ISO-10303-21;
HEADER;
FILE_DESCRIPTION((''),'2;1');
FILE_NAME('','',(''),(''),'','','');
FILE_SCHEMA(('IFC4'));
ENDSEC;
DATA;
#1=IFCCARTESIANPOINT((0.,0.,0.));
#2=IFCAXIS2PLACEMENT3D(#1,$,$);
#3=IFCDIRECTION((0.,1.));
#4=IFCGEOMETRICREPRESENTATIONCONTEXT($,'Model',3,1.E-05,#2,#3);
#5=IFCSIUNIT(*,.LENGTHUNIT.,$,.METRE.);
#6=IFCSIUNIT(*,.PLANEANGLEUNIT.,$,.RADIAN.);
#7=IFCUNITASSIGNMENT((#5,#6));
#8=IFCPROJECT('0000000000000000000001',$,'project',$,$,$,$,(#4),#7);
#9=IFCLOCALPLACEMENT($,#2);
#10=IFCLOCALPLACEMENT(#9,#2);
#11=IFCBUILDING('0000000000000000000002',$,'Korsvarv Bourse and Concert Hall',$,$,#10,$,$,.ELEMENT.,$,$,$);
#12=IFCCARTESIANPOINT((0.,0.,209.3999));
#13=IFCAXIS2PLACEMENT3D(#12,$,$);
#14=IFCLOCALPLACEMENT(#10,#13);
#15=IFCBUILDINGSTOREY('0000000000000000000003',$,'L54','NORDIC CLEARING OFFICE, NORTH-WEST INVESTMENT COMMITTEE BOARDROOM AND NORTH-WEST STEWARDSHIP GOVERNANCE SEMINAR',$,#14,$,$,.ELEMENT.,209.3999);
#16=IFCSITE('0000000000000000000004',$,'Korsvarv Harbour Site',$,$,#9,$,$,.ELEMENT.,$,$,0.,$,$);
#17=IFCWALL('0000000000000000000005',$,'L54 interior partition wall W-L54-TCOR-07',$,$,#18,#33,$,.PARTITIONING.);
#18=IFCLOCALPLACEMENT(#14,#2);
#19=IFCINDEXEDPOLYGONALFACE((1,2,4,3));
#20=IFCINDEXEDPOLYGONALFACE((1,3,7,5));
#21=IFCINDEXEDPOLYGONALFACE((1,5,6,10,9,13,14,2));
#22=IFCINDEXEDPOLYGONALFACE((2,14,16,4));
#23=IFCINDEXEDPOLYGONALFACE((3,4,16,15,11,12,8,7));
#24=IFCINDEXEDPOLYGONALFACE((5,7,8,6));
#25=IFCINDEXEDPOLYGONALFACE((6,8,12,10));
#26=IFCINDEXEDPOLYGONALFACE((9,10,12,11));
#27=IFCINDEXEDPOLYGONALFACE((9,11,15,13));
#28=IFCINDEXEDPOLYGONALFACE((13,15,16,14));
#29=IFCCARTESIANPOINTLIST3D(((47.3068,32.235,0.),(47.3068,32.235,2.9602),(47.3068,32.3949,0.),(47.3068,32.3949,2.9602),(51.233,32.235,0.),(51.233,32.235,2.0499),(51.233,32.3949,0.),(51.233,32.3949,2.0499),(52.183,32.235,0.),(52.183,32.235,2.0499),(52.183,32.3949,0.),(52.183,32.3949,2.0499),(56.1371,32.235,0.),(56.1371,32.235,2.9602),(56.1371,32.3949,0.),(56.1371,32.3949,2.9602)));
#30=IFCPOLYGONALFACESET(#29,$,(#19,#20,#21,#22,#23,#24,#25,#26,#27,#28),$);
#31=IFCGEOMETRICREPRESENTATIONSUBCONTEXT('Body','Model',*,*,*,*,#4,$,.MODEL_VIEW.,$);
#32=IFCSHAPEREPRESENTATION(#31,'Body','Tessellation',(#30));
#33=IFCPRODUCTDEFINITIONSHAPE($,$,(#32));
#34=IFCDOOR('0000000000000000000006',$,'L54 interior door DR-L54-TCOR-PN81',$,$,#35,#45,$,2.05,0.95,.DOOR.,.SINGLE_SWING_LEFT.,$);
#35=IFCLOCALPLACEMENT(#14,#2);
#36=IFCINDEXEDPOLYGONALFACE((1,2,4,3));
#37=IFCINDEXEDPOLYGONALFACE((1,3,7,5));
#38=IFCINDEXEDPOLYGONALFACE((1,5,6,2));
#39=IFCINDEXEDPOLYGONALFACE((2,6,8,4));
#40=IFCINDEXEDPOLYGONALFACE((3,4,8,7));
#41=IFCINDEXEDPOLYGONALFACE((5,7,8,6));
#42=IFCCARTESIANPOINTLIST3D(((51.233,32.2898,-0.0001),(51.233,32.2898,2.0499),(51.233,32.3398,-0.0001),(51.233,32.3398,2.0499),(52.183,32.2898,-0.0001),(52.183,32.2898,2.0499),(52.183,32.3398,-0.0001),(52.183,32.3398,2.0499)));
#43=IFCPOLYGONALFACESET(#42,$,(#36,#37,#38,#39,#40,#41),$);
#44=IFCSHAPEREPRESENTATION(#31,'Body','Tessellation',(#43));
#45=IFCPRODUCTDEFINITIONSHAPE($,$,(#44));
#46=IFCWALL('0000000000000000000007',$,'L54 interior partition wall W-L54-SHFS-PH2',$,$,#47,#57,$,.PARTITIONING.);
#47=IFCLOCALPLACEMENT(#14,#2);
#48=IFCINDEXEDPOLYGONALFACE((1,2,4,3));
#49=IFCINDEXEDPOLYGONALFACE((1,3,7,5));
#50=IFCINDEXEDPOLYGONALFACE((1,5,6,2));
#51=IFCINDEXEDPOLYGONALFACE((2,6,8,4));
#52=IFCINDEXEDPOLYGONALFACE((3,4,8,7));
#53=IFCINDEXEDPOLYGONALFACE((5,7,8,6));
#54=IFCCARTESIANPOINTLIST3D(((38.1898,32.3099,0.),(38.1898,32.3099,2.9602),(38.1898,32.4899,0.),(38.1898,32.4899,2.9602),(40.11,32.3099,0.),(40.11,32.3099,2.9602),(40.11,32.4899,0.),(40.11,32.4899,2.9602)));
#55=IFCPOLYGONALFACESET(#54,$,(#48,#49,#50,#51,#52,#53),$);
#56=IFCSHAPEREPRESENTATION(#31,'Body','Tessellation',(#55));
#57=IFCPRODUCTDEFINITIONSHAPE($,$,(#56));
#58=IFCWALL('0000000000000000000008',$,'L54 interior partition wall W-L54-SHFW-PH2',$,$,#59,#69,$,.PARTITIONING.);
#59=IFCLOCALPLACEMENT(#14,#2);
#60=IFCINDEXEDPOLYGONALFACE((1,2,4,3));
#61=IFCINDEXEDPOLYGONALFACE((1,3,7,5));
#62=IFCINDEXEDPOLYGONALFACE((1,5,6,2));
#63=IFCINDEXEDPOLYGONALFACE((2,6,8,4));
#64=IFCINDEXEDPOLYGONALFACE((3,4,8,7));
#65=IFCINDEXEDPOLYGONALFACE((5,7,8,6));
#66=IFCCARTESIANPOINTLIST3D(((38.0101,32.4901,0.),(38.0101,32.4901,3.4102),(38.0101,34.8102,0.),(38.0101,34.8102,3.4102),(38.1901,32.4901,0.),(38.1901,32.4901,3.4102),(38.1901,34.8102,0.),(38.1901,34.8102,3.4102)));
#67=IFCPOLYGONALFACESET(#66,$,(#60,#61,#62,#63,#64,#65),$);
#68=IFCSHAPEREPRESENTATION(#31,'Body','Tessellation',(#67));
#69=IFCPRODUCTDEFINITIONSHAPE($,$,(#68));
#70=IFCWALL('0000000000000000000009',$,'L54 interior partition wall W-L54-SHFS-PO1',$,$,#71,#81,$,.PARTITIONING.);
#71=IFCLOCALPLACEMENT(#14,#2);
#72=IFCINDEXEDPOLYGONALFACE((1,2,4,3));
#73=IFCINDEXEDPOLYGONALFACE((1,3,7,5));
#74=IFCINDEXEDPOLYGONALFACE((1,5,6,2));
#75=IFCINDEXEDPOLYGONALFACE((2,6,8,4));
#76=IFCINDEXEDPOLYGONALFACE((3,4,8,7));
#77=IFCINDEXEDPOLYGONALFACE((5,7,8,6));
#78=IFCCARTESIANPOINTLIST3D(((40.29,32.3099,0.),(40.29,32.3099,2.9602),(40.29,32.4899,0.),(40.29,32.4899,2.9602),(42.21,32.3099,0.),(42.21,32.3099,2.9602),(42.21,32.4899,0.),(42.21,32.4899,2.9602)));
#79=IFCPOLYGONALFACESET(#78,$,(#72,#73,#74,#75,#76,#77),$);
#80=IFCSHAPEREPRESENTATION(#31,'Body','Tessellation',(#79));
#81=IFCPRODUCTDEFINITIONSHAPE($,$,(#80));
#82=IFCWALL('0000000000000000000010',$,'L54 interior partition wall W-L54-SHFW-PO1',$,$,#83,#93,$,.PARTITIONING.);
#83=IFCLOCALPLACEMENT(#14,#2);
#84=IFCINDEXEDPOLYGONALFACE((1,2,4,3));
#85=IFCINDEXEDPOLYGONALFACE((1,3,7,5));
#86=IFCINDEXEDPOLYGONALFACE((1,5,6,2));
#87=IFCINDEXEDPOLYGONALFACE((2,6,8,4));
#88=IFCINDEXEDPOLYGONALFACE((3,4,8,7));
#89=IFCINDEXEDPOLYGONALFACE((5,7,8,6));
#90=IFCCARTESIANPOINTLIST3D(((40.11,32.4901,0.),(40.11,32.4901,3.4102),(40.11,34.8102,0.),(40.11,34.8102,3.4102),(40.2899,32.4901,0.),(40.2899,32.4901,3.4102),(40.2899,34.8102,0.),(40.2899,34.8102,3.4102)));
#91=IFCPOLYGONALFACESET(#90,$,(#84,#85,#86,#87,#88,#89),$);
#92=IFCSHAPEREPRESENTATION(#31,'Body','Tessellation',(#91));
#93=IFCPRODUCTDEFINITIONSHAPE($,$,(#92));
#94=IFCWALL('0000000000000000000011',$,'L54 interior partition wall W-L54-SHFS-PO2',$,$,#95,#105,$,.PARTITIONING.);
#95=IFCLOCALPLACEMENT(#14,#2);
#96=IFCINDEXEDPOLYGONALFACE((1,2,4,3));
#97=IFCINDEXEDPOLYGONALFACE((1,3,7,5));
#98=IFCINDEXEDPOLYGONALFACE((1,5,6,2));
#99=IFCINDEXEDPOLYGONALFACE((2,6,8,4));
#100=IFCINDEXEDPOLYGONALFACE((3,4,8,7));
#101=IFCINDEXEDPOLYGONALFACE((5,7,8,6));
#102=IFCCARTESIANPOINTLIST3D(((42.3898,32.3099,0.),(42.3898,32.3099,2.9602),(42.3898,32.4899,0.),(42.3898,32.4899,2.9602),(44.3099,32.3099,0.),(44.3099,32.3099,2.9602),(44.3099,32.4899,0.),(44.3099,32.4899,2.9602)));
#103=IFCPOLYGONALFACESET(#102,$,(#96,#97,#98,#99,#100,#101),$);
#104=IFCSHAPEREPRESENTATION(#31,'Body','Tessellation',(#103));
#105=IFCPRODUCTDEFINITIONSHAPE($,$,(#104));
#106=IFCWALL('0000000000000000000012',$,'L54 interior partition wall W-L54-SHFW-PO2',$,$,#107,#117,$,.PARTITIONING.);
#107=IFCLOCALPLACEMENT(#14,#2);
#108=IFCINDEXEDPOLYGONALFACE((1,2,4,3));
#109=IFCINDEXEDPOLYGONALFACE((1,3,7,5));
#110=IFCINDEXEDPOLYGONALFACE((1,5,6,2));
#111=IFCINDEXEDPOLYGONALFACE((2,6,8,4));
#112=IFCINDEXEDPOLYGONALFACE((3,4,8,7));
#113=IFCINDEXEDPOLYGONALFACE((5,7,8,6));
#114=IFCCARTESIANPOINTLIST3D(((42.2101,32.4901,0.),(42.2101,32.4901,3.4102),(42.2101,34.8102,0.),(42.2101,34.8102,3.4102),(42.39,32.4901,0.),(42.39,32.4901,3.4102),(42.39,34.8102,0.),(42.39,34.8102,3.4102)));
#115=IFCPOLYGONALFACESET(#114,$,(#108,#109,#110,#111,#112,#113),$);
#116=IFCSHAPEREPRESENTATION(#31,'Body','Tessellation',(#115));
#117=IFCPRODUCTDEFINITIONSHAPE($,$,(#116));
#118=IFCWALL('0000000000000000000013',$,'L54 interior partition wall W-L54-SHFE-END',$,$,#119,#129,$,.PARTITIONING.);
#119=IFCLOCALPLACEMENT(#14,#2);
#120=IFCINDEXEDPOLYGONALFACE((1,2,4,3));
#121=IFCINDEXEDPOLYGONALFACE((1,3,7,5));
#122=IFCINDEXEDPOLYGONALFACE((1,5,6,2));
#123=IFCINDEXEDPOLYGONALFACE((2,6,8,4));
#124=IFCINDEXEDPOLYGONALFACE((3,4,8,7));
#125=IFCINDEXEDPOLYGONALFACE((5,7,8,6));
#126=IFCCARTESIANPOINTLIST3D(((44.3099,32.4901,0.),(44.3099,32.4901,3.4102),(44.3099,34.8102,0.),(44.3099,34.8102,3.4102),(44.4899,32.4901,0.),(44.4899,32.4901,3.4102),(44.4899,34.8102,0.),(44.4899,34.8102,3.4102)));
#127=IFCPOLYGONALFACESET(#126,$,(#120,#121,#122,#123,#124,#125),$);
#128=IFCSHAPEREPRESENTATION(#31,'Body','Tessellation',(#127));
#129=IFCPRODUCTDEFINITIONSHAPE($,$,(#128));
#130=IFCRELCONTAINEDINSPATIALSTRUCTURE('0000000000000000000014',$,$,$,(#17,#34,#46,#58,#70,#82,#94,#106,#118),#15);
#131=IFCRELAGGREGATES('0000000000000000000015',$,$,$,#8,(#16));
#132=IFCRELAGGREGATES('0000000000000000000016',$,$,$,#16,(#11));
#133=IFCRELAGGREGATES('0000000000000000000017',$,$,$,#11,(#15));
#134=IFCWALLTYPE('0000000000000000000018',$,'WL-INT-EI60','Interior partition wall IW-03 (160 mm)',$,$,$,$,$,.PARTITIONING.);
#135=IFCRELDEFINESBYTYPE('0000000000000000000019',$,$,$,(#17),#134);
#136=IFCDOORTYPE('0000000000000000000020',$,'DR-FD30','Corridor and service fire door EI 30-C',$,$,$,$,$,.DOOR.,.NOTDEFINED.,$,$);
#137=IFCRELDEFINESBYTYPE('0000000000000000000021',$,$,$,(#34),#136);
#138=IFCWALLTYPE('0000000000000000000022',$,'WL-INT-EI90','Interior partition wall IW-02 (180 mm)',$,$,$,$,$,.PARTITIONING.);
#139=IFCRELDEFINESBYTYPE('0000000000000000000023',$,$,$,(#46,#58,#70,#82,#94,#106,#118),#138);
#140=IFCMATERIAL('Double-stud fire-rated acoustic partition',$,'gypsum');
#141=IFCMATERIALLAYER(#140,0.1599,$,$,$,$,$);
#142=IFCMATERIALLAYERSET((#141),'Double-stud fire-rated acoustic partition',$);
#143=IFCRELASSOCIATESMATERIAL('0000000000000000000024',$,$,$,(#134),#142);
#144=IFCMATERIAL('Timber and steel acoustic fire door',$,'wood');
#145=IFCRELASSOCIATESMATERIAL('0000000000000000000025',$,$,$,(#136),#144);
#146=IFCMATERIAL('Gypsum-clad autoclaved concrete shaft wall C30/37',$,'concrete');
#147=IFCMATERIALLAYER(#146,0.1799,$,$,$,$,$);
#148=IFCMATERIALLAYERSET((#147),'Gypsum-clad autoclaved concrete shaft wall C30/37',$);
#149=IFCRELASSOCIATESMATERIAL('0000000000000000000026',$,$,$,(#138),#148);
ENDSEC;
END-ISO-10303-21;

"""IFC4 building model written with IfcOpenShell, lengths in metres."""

from ifc_helpers import new_model, si_unit, direction, frame, frame_2d, origin, place, context, subcontext, project, spatial, rectangle, extrude, material, layer, layer_set, type_object, element, fill, save


model = new_model("IFC4")

# Units and contexts
model_context = context("Model", 3, precision=1e-05, world=origin(), true_north=direction((0.0, 1.0)))
body_context = subcontext(model_context, "Body", "Model", "MODEL_VIEW")
ifc_project = project(units=[si_unit("LENGTHUNIT", "METRE"), si_unit("PLANEANGLEUNIT", "RADIAN")], contexts=[model_context])

# Site, building, storey
site_placement = place(None, origin())
site = spatial("IfcSite", under=ifc_project, at=site_placement, Name="Korsvarv Harbour Site", CompositionType="ELEMENT", RefElevation=0.0)
building_placement = place(site_placement, origin())
building = spatial("IfcBuilding", under=site, at=building_placement, Name="Korsvarv Bourse and Concert Hall", CompositionType="ELEMENT")
storey_placement = place(building_placement, frame((0.0, 0.0, 209.3999)))
storey = spatial("IfcBuildingStorey", under=building, at=storey_placement, Name="L54", Description="NORDIC CLEARING OFFICE, NORTH-WEST INVESTMENT COMMITTEE BOARDROOM AND NORTH-WEST STEWARDSHIP GOVERNANCE SEMINAR", CompositionType="ELEMENT", Elevation=209.3999)

# Wall, opening, door
ifc_material_1 = material(Name="Double-stud fire-rated acoustic partition", Category="gypsum")
ifc_layer_1 = layer(ifc_material_1, 0.1599)
ifc_layer_set_1 = layer_set([ifc_layer_1], Name="Double-stud fire-rated acoustic partition")
wall_type_1 = type_object("IfcWallType", Name="WL-INT-EI60", Description="Interior partition wall IW-03 (160 mm)", PredefinedType="PARTITIONING", material=ifc_layer_set_1)
ifc_material_2 = material(Name="Timber and steel acoustic fire door", Category="wood")
door_type = type_object("IfcDoorType", Name="DR-FD30", Description="Corridor and service fire door EI 30-C", OperationType="NOTDEFINED", PredefinedType="DOOR", material=ifc_material_2)
wall_1_placement = place(storey_placement, frame((47.3069, 32.3149, 0.0), z_axis=(0.0, 0.0, 1.0), x_axis=(1.0, 0.0, 0.0)))
wall_1 = element("IfcWall", 1, at=wall_1_placement, inside=storey, type_object=wall_type_1, Name="L54 interior partition wall W-L54-TCOR-07", PredefinedType="PARTITIONING", context=body_context, shape_type="SweptSolid", body=[
    extrude(rectangle(XDim=8.8303, YDim=0.1599, at=frame_2d((4.415, 0.0))), origin(), (0.0, 0.0, 1.0), 2.9602),
])
opening_1_placement = place(wall_1_placement, frame((3.926, 0.0, 0.0)))
opening_1 = element("IfcOpeningElement", 2, at=opening_1_placement, cuts=wall_1, PredefinedType="OPENING", context=body_context, shape_type="SweptSolid", body=[
    extrude(rectangle(XDim=0.95, YDim=2.05, at=frame_2d((0.4751, 1.0249))), frame((0.0, 0.0898, 0.0), z_axis=(0.0, -1.0, 0.0), x_axis=(1.0, 0.0, 0.0)), (0.0, 0.0, 1.0), 0.1799),
])
door_1_placement = place(opening_1_placement, origin())
door_1 = element("IfcDoor", 3, at=door_1_placement, inside=storey, type_object=door_type, Name="L54 interior door DR-L54-TCOR-PN81", OperationType="SINGLE_SWING_LEFT", OverallHeight=2.05, OverallWidth=0.95, PredefinedType="DOOR", context=body_context, shape_type="SweptSolid", body=[
    extrude(rectangle(XDim=0.95, YDim=2.05, at=frame_2d((0.4751, 1.0249))), frame((0.0, 0.0249, 0.0), z_axis=(0.0, -1.0, 0.0), x_axis=(1.0, 0.0, 0.0)), (0.0, 0.0, 1.0), 0.05),
])
fill(opening_1, door_1)

# Walls
ifc_material_3 = material(Name="Gypsum-clad autoclaved concrete shaft wall C30/37", Category="concrete")
ifc_layer_2 = layer(ifc_material_3, 0.1799)
ifc_layer_set_2 = layer_set([ifc_layer_2], Name="Gypsum-clad autoclaved concrete shaft wall C30/37")
wall_type_2 = type_object("IfcWallType", Name="WL-INT-EI90", Description="Interior partition wall IW-02 (180 mm)", PredefinedType="PARTITIONING", material=ifc_layer_set_2)
wall_2_placement = place(storey_placement, frame((38.1899, 32.3999, 0.0), z_axis=(0.0, 0.0, 1.0), x_axis=(1.0, 0.0, 0.0)))
element("IfcWall", 4, at=wall_2_placement, inside=storey, type_object=wall_type_2, Name="L54 interior partition wall W-L54-SHFS-PH2", PredefinedType="PARTITIONING", context=body_context, shape_type="SweptSolid", body=[
    extrude(rectangle(XDim=1.9202, YDim=0.1799, at=frame_2d((0.96, 0.0))), origin(), (0.0, 0.0, 1.0), 2.9602),
])
wall_3_placement = place(storey_placement, frame((38.1001, 32.49, 0.0), z_axis=(0.0, 0.0, 1.0), x_axis=(0.0, 1.0, 0.0)))
element("IfcWall", 5, at=wall_3_placement, inside=storey, type_object=wall_type_2, Name="L54 interior partition wall W-L54-SHFW-PH2", PredefinedType="PARTITIONING", context=body_context, shape_type="SweptSolid", body=[
    extrude(rectangle(XDim=2.3201, YDim=0.1799, at=frame_2d((1.1602, 0.0))), origin(), (0.0, 0.0, 1.0), 3.4102),
])
wall_4_placement = place(storey_placement, frame((40.29, 32.3999, 0.0), z_axis=(0.0, 0.0, 1.0), x_axis=(1.0, 0.0, 0.0)))
element("IfcWall", 6, at=wall_4_placement, inside=storey, type_object=wall_type_2, Name="L54 interior partition wall W-L54-SHFS-PO1", PredefinedType="PARTITIONING", context=body_context, shape_type="SweptSolid", body=[
    extrude(rectangle(XDim=1.9199, YDim=0.1799, at=frame_2d((0.96, 0.0))), origin(), (0.0, 0.0, 1.0), 2.9602),
])
wall_5_placement = place(storey_placement, frame((40.2, 32.49, 0.0), z_axis=(0.0, 0.0, 1.0), x_axis=(0.0, 1.0, 0.0)))
element("IfcWall", 7, at=wall_5_placement, inside=storey, type_object=wall_type_2, Name="L54 interior partition wall W-L54-SHFW-PO1", PredefinedType="PARTITIONING", context=body_context, shape_type="SweptSolid", body=[
    extrude(rectangle(XDim=2.3201, YDim=0.1799, at=frame_2d((1.1602, 0.0))), origin(), (0.0, 0.0, 1.0), 3.4102),
])
wall_6_placement = place(storey_placement, frame((42.3899, 32.3999, 0.0), z_axis=(0.0, 0.0, 1.0), x_axis=(1.0, 0.0, 0.0)))
element("IfcWall", 8, at=wall_6_placement, inside=storey, type_object=wall_type_2, Name="L54 interior partition wall W-L54-SHFS-PO2", PredefinedType="PARTITIONING", context=body_context, shape_type="SweptSolid", body=[
    extrude(rectangle(XDim=1.9202, YDim=0.1799, at=frame_2d((0.96, 0.0))), origin(), (0.0, 0.0, 1.0), 2.9602),
])
for number, where, z_axis, x_axis, name in (
    (9, (42.3, 32.49, 0.0), (0.0, 0.0, 1.0), (0.0, 1.0, 0.0), "L54 interior partition wall W-L54-SHFW-PO2"),
    (10, (44.3999, 32.49, 0.0), (0.0, 0.0, 1.0), (0.0, 1.0, 0.0), "L54 interior partition wall W-L54-SHFE-END"),
):
    element("IfcWall", number, at=place(storey_placement, frame(where, z_axis=z_axis, x_axis=x_axis)), inside=storey, type_object=wall_type_2, Name=name, PredefinedType="PARTITIONING", context=body_context, shape_type="SweptSolid", body=[
        extrude(rectangle(XDim=2.3201, YDim=0.1799, at=frame_2d((1.1602, 0.0))), origin(), (0.0, 0.0, 1.0), 3.4102),
    ])

save(model, "model.ifc")
